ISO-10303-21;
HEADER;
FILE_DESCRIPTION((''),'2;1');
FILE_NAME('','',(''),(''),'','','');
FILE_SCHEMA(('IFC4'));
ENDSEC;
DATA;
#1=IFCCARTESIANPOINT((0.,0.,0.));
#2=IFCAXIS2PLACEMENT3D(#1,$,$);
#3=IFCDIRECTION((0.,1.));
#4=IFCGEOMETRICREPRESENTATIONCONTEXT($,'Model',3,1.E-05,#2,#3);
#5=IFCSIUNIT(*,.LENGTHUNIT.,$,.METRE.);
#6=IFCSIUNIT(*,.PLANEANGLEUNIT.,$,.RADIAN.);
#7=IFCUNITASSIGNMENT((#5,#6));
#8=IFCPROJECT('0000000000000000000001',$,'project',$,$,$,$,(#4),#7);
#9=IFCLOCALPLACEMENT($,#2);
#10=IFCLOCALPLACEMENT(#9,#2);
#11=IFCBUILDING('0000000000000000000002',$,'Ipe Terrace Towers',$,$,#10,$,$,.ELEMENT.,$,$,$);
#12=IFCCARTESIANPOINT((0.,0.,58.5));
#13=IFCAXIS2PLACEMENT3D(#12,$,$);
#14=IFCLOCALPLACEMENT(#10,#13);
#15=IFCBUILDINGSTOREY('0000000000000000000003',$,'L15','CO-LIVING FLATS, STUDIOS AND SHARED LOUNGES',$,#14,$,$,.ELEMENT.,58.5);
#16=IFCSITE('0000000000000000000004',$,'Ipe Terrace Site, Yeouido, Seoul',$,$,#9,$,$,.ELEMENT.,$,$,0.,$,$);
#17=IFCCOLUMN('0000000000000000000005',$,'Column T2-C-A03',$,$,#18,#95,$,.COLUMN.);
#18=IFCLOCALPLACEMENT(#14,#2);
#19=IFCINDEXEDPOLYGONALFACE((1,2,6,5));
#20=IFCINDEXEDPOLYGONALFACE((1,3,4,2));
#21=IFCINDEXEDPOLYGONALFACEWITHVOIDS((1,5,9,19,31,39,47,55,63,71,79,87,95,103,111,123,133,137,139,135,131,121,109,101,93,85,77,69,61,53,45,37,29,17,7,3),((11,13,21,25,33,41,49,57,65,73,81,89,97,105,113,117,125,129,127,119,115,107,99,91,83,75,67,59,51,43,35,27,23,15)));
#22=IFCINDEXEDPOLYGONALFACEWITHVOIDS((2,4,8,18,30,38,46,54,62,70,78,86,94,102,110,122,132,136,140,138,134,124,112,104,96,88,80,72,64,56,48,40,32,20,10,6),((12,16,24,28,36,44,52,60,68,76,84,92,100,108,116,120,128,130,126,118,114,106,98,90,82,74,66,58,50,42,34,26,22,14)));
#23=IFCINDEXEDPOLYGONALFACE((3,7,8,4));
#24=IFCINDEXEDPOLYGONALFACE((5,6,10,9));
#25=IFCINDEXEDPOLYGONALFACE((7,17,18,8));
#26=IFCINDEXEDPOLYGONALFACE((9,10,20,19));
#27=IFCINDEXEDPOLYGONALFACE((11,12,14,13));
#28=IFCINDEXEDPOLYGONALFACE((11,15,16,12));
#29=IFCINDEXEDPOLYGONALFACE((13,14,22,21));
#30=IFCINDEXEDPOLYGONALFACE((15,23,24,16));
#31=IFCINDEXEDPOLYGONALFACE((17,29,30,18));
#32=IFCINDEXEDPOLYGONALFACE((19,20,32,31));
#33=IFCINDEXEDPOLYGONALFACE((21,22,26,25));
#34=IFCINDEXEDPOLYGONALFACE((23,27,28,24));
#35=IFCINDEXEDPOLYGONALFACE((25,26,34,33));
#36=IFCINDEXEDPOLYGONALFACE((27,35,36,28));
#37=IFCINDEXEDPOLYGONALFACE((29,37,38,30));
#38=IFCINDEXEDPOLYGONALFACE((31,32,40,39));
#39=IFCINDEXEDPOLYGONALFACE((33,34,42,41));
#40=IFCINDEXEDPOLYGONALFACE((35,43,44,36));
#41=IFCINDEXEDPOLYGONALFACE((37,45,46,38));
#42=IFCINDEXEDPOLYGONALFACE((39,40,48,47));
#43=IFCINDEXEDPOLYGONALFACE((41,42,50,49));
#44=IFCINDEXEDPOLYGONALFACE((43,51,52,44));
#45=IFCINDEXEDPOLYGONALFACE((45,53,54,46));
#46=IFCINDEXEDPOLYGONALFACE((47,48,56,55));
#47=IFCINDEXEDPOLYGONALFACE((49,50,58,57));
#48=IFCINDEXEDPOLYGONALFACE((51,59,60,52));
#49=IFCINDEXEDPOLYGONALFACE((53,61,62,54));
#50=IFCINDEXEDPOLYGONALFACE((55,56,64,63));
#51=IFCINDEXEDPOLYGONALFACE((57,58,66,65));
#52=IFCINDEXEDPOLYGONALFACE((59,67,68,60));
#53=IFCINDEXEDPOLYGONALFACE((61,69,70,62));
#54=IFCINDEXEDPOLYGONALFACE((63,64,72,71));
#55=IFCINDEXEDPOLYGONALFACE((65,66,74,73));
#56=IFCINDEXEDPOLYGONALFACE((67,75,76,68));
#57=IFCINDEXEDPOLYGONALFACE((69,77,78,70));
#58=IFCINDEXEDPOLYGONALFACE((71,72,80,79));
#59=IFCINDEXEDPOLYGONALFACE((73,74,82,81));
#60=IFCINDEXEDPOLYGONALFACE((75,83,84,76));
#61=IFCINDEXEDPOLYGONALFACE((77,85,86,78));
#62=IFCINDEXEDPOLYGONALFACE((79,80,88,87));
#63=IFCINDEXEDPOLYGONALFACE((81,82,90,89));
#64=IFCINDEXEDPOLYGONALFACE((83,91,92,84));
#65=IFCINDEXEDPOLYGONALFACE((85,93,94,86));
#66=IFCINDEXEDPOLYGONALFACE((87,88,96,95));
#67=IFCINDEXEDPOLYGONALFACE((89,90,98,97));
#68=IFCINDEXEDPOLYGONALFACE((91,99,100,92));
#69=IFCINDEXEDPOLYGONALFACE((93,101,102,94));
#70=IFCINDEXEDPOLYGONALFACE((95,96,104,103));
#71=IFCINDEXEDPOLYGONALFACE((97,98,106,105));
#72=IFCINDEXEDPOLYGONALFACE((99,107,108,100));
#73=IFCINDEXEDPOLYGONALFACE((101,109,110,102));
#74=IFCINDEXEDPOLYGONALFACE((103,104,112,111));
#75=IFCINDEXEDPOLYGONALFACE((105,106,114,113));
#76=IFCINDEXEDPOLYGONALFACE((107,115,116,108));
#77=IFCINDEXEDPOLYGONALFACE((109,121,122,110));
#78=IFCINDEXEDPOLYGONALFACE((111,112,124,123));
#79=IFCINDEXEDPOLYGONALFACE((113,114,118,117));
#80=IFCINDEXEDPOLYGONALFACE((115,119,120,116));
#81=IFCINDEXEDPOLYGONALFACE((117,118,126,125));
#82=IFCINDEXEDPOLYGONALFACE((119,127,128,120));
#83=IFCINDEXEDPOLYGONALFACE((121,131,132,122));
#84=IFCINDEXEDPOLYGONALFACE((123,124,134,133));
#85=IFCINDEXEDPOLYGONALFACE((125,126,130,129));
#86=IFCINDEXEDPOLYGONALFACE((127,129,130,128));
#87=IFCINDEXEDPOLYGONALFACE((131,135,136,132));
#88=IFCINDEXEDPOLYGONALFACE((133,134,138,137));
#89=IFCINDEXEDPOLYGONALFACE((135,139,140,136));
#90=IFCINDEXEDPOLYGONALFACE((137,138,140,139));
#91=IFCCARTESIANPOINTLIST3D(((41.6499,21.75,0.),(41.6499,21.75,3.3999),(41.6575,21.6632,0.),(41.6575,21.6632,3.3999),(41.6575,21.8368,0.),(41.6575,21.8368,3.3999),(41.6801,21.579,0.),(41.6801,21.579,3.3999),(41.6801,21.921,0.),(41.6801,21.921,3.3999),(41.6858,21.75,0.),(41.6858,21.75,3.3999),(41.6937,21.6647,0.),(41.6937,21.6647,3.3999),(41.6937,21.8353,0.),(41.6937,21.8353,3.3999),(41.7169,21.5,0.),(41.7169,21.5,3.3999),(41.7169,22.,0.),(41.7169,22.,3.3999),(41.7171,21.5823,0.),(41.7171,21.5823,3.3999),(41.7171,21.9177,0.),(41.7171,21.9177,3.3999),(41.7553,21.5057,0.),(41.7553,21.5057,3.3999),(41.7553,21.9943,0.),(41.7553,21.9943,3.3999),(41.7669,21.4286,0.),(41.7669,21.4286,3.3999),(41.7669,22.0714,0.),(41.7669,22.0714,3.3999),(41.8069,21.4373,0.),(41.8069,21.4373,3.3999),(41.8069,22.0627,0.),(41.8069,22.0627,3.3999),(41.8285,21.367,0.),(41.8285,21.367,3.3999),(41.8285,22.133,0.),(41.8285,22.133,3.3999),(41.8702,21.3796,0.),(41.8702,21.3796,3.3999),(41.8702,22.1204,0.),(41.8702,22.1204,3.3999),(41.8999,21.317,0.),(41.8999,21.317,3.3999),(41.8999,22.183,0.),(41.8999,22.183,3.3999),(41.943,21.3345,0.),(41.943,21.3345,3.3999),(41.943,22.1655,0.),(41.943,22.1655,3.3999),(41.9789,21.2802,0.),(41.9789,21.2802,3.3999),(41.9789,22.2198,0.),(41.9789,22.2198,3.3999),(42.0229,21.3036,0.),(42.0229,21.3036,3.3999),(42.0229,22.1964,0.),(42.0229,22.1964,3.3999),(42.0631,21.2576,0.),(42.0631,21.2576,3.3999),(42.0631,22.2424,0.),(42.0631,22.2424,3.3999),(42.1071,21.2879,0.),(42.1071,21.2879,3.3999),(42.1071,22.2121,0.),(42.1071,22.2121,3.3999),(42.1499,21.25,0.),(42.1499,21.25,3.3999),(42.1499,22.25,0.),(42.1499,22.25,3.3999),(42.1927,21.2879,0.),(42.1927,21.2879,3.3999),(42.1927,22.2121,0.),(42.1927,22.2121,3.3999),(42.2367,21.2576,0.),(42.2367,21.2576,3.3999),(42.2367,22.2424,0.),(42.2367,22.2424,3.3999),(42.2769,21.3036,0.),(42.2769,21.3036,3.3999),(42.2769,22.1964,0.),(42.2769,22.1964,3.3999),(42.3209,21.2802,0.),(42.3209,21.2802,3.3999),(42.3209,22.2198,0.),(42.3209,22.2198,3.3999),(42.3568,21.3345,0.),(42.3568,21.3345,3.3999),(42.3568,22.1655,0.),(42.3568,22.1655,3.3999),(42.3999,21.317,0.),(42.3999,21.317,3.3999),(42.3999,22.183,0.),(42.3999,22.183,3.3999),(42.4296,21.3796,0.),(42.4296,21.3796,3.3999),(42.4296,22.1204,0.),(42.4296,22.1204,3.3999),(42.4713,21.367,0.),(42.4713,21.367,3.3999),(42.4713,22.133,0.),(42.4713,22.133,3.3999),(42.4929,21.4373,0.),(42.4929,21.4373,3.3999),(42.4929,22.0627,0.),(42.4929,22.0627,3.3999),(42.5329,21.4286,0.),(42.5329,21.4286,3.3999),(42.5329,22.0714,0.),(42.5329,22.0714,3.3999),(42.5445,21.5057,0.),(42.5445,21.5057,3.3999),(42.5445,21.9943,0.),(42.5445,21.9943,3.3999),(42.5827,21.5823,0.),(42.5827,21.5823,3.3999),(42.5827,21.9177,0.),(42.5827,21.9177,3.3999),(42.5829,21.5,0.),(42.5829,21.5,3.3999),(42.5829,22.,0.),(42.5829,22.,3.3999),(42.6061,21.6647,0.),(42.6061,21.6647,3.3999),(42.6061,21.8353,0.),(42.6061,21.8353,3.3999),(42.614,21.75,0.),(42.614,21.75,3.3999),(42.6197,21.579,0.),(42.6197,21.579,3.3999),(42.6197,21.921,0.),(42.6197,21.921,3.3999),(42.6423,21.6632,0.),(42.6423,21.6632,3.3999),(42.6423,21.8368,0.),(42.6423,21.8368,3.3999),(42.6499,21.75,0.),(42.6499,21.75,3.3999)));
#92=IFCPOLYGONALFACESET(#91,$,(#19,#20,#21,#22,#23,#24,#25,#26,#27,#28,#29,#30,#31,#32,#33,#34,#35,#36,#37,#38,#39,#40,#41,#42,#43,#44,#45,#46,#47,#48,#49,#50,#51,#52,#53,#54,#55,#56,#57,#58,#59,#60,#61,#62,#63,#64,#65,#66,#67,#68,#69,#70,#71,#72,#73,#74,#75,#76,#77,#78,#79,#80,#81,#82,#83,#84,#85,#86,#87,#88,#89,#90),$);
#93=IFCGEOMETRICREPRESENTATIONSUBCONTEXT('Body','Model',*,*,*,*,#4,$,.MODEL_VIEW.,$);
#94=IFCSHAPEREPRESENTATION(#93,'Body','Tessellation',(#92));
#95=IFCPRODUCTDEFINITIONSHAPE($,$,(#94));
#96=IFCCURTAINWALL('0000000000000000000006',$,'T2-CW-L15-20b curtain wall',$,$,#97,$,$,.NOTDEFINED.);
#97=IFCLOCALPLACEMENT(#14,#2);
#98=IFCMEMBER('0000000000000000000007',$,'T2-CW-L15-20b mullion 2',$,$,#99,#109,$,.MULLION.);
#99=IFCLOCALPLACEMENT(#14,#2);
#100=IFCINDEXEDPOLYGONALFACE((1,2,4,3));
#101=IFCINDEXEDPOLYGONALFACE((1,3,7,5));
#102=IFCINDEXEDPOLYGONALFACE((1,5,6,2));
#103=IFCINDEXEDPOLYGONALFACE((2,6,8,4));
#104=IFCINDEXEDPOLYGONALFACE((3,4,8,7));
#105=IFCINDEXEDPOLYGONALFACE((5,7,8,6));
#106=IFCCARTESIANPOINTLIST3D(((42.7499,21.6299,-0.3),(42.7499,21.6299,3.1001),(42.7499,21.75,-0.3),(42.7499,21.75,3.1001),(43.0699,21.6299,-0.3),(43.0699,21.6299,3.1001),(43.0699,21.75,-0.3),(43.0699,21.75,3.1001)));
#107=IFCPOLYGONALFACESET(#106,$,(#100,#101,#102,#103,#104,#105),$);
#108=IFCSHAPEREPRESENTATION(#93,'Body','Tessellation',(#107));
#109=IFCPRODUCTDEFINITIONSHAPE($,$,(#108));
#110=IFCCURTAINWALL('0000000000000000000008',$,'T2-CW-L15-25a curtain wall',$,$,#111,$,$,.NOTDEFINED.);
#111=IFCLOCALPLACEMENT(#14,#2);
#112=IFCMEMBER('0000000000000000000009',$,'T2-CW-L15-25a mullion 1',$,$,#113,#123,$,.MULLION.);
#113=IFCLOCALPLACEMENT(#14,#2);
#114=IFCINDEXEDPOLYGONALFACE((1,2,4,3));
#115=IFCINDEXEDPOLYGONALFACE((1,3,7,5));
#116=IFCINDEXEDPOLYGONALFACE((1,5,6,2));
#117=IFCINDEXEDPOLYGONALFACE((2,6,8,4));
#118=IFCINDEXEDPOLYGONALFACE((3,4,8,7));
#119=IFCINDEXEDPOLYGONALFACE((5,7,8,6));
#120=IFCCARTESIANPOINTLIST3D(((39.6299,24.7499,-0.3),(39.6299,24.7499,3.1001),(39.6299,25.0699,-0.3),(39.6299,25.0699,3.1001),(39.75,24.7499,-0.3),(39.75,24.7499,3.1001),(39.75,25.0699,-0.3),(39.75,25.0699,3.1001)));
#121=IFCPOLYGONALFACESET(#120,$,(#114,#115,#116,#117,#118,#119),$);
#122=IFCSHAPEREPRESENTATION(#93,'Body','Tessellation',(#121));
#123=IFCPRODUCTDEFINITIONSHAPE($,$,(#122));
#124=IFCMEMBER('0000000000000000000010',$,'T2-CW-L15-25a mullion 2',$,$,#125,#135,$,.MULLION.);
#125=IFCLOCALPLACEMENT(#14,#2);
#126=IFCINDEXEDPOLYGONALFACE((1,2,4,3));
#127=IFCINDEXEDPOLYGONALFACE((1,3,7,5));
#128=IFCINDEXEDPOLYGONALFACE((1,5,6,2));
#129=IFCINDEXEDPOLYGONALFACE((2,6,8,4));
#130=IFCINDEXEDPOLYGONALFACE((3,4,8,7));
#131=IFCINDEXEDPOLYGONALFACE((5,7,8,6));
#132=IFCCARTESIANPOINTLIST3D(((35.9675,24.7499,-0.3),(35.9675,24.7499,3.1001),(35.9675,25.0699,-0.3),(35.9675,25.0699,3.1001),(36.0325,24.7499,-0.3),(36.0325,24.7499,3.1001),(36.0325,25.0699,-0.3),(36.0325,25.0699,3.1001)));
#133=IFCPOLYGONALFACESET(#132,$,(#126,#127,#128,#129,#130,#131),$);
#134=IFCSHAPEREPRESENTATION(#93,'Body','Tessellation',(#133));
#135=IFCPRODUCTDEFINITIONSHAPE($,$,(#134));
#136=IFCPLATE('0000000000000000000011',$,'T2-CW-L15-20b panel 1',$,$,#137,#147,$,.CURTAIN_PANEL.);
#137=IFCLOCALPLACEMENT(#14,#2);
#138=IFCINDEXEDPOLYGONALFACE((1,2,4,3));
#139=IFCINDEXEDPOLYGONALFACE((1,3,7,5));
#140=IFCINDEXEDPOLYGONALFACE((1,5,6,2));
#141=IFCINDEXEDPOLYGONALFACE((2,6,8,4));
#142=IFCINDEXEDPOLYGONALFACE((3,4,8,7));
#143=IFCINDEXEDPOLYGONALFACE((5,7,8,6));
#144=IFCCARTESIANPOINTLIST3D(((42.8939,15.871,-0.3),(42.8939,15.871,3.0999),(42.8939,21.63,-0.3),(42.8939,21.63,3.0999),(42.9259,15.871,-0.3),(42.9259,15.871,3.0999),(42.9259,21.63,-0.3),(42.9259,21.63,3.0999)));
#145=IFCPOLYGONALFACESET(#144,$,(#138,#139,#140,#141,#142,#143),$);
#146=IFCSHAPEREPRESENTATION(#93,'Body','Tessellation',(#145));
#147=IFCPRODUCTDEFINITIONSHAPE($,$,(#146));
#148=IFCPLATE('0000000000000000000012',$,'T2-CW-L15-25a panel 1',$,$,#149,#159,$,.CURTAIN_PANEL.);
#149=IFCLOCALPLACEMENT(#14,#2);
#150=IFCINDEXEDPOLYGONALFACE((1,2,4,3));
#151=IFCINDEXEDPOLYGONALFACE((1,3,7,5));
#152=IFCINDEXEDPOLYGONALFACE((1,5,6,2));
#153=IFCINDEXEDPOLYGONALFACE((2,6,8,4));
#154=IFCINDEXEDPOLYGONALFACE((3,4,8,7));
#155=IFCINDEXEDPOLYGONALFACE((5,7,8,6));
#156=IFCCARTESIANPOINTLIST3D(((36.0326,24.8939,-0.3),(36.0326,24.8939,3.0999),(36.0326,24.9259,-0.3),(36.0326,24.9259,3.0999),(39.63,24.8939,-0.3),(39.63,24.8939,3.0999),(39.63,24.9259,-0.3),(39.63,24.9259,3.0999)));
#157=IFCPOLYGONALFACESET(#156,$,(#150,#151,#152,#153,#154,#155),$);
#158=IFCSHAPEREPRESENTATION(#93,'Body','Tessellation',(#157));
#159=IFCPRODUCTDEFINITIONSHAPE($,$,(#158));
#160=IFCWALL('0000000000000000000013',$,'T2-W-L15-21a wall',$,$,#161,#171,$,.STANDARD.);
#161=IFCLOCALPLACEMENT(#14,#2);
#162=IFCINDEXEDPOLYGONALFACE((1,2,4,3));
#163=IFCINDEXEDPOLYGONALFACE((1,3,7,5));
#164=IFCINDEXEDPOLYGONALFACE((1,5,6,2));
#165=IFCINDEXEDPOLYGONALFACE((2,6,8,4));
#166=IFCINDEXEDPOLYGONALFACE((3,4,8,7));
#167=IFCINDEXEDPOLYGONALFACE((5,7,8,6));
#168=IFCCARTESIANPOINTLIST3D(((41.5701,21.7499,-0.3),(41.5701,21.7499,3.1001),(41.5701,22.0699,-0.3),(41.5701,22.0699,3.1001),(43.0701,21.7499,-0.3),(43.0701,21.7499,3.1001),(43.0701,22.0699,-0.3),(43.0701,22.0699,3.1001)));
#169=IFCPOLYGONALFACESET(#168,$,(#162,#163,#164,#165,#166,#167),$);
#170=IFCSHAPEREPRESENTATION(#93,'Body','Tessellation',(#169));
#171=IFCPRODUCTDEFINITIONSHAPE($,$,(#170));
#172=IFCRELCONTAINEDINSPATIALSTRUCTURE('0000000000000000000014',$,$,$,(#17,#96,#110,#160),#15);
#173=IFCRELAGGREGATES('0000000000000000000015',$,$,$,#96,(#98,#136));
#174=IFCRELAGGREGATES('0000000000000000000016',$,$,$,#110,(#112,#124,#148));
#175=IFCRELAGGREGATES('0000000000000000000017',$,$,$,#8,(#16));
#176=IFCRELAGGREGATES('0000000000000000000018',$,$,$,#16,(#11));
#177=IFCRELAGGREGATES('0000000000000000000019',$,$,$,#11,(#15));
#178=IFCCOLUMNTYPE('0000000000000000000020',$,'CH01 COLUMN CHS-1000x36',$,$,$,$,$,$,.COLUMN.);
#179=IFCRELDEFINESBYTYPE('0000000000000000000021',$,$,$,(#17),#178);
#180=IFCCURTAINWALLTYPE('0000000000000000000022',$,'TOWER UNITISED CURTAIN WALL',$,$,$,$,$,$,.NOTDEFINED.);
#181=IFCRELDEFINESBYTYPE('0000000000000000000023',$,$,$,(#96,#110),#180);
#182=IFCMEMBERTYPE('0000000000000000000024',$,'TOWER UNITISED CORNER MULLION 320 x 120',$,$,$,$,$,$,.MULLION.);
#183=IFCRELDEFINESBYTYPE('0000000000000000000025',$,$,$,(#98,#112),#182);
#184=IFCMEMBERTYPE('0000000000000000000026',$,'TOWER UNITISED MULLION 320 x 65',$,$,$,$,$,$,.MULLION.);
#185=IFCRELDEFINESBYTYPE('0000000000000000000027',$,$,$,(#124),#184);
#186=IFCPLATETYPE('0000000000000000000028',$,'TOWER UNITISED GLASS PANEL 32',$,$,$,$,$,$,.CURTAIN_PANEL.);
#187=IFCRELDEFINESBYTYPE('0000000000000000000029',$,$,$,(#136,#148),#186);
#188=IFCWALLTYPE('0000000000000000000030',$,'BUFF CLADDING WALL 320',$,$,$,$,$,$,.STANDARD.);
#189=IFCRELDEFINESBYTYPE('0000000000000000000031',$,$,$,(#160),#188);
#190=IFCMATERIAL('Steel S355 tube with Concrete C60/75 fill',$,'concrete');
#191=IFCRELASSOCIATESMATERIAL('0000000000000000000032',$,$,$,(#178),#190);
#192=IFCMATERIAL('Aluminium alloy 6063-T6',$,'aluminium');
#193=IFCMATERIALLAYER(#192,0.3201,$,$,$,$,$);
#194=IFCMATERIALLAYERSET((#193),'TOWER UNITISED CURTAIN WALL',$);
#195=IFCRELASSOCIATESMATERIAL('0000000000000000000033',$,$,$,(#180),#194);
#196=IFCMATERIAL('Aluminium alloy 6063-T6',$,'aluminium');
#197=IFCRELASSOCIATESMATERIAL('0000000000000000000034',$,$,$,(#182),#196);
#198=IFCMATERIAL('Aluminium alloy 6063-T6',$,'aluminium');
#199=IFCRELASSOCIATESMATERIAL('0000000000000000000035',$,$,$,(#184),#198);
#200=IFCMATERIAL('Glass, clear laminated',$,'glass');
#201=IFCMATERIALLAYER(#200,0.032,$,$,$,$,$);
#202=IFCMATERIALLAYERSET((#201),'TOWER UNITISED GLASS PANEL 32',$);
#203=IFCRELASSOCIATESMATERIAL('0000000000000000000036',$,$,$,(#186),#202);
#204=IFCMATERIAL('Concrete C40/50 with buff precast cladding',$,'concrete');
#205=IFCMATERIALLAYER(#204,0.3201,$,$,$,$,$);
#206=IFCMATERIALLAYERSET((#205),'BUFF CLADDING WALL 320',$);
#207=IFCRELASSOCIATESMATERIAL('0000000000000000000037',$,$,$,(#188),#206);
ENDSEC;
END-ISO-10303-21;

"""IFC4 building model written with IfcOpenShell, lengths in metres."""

from ifc_helpers import new_model, si_unit, direction, frame, frame_2d, origin, origin_2d, place, context, subcontext, project, spatial, rectangle, hollow_circle, extrude, material, layer, layer_set, material_profile, profile_set, type_object, element, aggregate, save


model = new_model("IFC4")

# Units and contexts
model_context = context("Model", 3, precision=1e-05, world=origin(), true_north=direction((0.0, 1.0)))
body_context = subcontext(model_context, "Body", "Model", "MODEL_VIEW")
ifc_project = project(units=[si_unit("LENGTHUNIT", "METRE"), si_unit("PLANEANGLEUNIT", "RADIAN")], contexts=[model_context])

# Site, building, storey
site_placement = place(None, origin())
site = spatial("IfcSite", under=ifc_project, at=site_placement, Name="Ipe Terrace Site, Yeouido, Seoul", CompositionType="ELEMENT", RefElevation=0.0)
building_placement = place(site_placement, origin())
building = spatial("IfcBuilding", under=site, at=building_placement, Name="Ipe Terrace Towers", CompositionType="ELEMENT")
storey_placement = place(building_placement, frame((0.0, 0.0, 58.5)))
storey = spatial("IfcBuildingStorey", under=building, at=storey_placement, Name="L15", Description="CO-LIVING FLATS, STUDIOS AND SHARED LOUNGES", CompositionType="ELEMENT", Elevation=58.5)

# Column
ifc_material_1 = material(Name="Steel S355 tube with Concrete C60/75 fill", Category="concrete")
ifc_material_profile_1 = material_profile(ifc_material_1, hollow_circle(Radius=0.5, WallThickness=0.0359, at=origin_2d()), Name="CHS-1000x36")
ifc_profile_set_1 = profile_set([ifc_material_profile_1], Name="Steel S355 tube with Concrete C60/75 fill")
column_type = type_object("IfcColumnType", Name="CH01 COLUMN CHS-1000x36", PredefinedType="COLUMN", material=ifc_profile_set_1)
column_placement = place(storey_placement, frame((42.1499, 21.75, 0.0), z_axis=(0.0, 0.0, 1.0), x_axis=(1.0, 0.0, 0.0)))
element("IfcColumn", 1, at=column_placement, inside=storey, type_object=column_type, Name="Column T2-C-A03", PredefinedType="COLUMN", context=body_context, shape_type="SweptSolid", body=[
    extrude(hollow_circle(Radius=0.5, WallThickness=0.0359, at=origin_2d()), origin(), (0.0, 0.0, 1.0), 3.3999),
])

# Curtain wall, member
ifc_material_2 = material(Name="Aluminium alloy 6063-T6", Category="aluminium")
ifc_layer_1 = layer(ifc_material_2, 0.3201)
ifc_layer_set_1 = layer_set([ifc_layer_1], Name="TOWER UNITISED CURTAIN WALL")
curtain_wall_type = type_object("IfcCurtainWallType", Name="TOWER UNITISED CURTAIN WALL", PredefinedType="NOTDEFINED", material=ifc_layer_set_1)
curtain_wall_1_placement = place(storey_placement, origin())
curtain_wall_1 = element("IfcCurtainWall", 2, at=curtain_wall_1_placement, inside=storey, type_object=curtain_wall_type, Name="T2-CW-L15-20b curtain wall", PredefinedType="NOTDEFINED")
ifc_material_3 = material(Name="Aluminium alloy 6063-T6", Category="aluminium")
ifc_material_profile_2 = material_profile(ifc_material_3, rectangle(XDim=0.3201, YDim=0.1201, at=origin_2d()), Name="TOWER UNITISED CORNER MULLION 320 x 120")
ifc_profile_set_2 = profile_set([ifc_material_profile_2], Name="Aluminium alloy 6063-T6")
member_type_1 = type_object("IfcMemberType", Name="TOWER UNITISED CORNER MULLION 320 x 120", PredefinedType="MULLION", material=ifc_profile_set_2)
member_1_placement = place(storey_placement, frame((42.9099, 21.6899, -0.3), z_axis=(0.0, 0.0, 1.0), x_axis=(1.0, 0.0, 0.0)))
member_1 = element("IfcMember", 3, at=member_1_placement, type_object=member_type_1, Name="T2-CW-L15-20b mullion 2", PredefinedType="MULLION", context=body_context, shape_type="SweptSolid", body=[
    extrude(rectangle(XDim=0.3201, YDim=0.1201, at=origin_2d()), origin(), (0.0, 0.0, 1.0), 3.4001),
])

# Curtain wall, members
curtain_wall_2_placement = place(storey_placement, origin())
curtain_wall_2 = element("IfcCurtainWall", 4, at=curtain_wall_2_placement, inside=storey, type_object=curtain_wall_type, Name="T2-CW-L15-25a curtain wall", PredefinedType="NOTDEFINED")
member_2_placement = place(storey_placement, frame((39.6899, 24.9099, -0.3), z_axis=(0.0, 0.0, 1.0), x_axis=(0.0, 1.0, 0.0)))
member_2 = element("IfcMember", 5, at=member_2_placement, type_object=member_type_1, Name="T2-CW-L15-25a mullion 1", PredefinedType="MULLION", context=body_context, shape_type="SweptSolid", body=[
    extrude(rectangle(XDim=0.3201, YDim=0.1201, at=origin_2d()), origin(), (0.0, 0.0, 1.0), 3.4001),
])
ifc_material_4 = material(Name="Aluminium alloy 6063-T6", Category="aluminium")
ifc_material_profile_3 = material_profile(ifc_material_4, rectangle(XDim=0.3201, YDim=0.0649, at=origin_2d()), Name="TOWER UNITISED MULLION 320 x 65")
ifc_profile_set_3 = profile_set([ifc_material_profile_3], Name="Aluminium alloy 6063-T6")
member_type_2 = type_object("IfcMemberType", Name="TOWER UNITISED MULLION 320 x 65", PredefinedType="MULLION", material=ifc_profile_set_3)
member_3_placement = place(storey_placement, frame((36.0, 24.9099, -0.3), z_axis=(0.0, 0.0, 1.0), x_axis=(0.0, 1.0, 0.0)))
member_3 = element("IfcMember", 6, at=member_3_placement, type_object=member_type_2, Name="T2-CW-L15-25a mullion 2", PredefinedType="MULLION", context=body_context, shape_type="SweptSolid", body=[
    extrude(rectangle(XDim=0.3201, YDim=0.0649, at=origin_2d()), origin(), (0.0, 0.0, 1.0), 3.4001),
])

# Plates
ifc_material_5 = material(Name="Glass, clear laminated", Category="glass")
ifc_layer_2 = layer(ifc_material_5, 0.032)
ifc_layer_set_2 = layer_set([ifc_layer_2], Name="TOWER UNITISED GLASS PANEL 32")
plate_type = type_object("IfcPlateType", Name="TOWER UNITISED GLASS PANEL 32", PredefinedType="CURTAIN_PANEL", material=ifc_layer_set_2)
plate_1_placement = place(storey_placement, frame((42.9099, 18.7505, -0.3), z_axis=(0.0, 0.0, 1.0), x_axis=(0.0, 1.0, 0.0)))
plate_1 = element("IfcPlate", 7, at=plate_1_placement, type_object=plate_type, Name="T2-CW-L15-20b panel 1", PredefinedType="CURTAIN_PANEL", context=body_context, shape_type="SweptSolid", body=[
    extrude(rectangle(XDim=5.759, YDim=0.032, at=origin_2d()), origin(), (0.0, 0.0, 1.0), 3.3999),
])
aggregate(curtain_wall_1, [member_1, plate_1])
plate_2_placement = place(storey_placement, frame((37.8313, 24.9099, -0.3), z_axis=(0.0, 0.0, 1.0), x_axis=(-1.0, 0.0, 0.0)))
plate_2 = element("IfcPlate", 8, at=plate_2_placement, type_object=plate_type, Name="T2-CW-L15-25a panel 1", PredefinedType="CURTAIN_PANEL", context=body_context, shape_type="SweptSolid", body=[
    extrude(rectangle(XDim=3.5974, YDim=0.032, at=origin_2d()), origin(), (0.0, 0.0, 1.0), 3.3999),
])
aggregate(curtain_wall_2, [member_2, member_3, plate_2])

# Wall
ifc_material_6 = material(Name="Concrete C40/50 with buff precast cladding", Category="concrete")
ifc_layer_3 = layer(ifc_material_6, 0.3201)
ifc_layer_set_3 = layer_set([ifc_layer_3], Name="BUFF CLADDING WALL 320")
wall_type_1 = type_object("IfcWallType", Name="BUFF CLADDING WALL 320", PredefinedType="STANDARD", material=ifc_layer_set_3)
wall_1_placement = place(storey_placement, frame((43.0701, 21.9099, -0.3), z_axis=(0.0, 0.0, 1.0), x_axis=(-1.0, 0.0, 0.0)))
element("IfcWall", 9, at=wall_1_placement, inside=storey, type_object=wall_type_1, Name="T2-W-L15-21a wall", PredefinedType="STANDARD", context=body_context, shape_type="SweptSolid", body=[
    extrude(rectangle(XDim=1.5, YDim=0.3201, at=frame_2d((0.75, 0.0))), origin(), (0.0, 0.0, 1.0), 3.4001),
])

save(model, "model.ifc")
